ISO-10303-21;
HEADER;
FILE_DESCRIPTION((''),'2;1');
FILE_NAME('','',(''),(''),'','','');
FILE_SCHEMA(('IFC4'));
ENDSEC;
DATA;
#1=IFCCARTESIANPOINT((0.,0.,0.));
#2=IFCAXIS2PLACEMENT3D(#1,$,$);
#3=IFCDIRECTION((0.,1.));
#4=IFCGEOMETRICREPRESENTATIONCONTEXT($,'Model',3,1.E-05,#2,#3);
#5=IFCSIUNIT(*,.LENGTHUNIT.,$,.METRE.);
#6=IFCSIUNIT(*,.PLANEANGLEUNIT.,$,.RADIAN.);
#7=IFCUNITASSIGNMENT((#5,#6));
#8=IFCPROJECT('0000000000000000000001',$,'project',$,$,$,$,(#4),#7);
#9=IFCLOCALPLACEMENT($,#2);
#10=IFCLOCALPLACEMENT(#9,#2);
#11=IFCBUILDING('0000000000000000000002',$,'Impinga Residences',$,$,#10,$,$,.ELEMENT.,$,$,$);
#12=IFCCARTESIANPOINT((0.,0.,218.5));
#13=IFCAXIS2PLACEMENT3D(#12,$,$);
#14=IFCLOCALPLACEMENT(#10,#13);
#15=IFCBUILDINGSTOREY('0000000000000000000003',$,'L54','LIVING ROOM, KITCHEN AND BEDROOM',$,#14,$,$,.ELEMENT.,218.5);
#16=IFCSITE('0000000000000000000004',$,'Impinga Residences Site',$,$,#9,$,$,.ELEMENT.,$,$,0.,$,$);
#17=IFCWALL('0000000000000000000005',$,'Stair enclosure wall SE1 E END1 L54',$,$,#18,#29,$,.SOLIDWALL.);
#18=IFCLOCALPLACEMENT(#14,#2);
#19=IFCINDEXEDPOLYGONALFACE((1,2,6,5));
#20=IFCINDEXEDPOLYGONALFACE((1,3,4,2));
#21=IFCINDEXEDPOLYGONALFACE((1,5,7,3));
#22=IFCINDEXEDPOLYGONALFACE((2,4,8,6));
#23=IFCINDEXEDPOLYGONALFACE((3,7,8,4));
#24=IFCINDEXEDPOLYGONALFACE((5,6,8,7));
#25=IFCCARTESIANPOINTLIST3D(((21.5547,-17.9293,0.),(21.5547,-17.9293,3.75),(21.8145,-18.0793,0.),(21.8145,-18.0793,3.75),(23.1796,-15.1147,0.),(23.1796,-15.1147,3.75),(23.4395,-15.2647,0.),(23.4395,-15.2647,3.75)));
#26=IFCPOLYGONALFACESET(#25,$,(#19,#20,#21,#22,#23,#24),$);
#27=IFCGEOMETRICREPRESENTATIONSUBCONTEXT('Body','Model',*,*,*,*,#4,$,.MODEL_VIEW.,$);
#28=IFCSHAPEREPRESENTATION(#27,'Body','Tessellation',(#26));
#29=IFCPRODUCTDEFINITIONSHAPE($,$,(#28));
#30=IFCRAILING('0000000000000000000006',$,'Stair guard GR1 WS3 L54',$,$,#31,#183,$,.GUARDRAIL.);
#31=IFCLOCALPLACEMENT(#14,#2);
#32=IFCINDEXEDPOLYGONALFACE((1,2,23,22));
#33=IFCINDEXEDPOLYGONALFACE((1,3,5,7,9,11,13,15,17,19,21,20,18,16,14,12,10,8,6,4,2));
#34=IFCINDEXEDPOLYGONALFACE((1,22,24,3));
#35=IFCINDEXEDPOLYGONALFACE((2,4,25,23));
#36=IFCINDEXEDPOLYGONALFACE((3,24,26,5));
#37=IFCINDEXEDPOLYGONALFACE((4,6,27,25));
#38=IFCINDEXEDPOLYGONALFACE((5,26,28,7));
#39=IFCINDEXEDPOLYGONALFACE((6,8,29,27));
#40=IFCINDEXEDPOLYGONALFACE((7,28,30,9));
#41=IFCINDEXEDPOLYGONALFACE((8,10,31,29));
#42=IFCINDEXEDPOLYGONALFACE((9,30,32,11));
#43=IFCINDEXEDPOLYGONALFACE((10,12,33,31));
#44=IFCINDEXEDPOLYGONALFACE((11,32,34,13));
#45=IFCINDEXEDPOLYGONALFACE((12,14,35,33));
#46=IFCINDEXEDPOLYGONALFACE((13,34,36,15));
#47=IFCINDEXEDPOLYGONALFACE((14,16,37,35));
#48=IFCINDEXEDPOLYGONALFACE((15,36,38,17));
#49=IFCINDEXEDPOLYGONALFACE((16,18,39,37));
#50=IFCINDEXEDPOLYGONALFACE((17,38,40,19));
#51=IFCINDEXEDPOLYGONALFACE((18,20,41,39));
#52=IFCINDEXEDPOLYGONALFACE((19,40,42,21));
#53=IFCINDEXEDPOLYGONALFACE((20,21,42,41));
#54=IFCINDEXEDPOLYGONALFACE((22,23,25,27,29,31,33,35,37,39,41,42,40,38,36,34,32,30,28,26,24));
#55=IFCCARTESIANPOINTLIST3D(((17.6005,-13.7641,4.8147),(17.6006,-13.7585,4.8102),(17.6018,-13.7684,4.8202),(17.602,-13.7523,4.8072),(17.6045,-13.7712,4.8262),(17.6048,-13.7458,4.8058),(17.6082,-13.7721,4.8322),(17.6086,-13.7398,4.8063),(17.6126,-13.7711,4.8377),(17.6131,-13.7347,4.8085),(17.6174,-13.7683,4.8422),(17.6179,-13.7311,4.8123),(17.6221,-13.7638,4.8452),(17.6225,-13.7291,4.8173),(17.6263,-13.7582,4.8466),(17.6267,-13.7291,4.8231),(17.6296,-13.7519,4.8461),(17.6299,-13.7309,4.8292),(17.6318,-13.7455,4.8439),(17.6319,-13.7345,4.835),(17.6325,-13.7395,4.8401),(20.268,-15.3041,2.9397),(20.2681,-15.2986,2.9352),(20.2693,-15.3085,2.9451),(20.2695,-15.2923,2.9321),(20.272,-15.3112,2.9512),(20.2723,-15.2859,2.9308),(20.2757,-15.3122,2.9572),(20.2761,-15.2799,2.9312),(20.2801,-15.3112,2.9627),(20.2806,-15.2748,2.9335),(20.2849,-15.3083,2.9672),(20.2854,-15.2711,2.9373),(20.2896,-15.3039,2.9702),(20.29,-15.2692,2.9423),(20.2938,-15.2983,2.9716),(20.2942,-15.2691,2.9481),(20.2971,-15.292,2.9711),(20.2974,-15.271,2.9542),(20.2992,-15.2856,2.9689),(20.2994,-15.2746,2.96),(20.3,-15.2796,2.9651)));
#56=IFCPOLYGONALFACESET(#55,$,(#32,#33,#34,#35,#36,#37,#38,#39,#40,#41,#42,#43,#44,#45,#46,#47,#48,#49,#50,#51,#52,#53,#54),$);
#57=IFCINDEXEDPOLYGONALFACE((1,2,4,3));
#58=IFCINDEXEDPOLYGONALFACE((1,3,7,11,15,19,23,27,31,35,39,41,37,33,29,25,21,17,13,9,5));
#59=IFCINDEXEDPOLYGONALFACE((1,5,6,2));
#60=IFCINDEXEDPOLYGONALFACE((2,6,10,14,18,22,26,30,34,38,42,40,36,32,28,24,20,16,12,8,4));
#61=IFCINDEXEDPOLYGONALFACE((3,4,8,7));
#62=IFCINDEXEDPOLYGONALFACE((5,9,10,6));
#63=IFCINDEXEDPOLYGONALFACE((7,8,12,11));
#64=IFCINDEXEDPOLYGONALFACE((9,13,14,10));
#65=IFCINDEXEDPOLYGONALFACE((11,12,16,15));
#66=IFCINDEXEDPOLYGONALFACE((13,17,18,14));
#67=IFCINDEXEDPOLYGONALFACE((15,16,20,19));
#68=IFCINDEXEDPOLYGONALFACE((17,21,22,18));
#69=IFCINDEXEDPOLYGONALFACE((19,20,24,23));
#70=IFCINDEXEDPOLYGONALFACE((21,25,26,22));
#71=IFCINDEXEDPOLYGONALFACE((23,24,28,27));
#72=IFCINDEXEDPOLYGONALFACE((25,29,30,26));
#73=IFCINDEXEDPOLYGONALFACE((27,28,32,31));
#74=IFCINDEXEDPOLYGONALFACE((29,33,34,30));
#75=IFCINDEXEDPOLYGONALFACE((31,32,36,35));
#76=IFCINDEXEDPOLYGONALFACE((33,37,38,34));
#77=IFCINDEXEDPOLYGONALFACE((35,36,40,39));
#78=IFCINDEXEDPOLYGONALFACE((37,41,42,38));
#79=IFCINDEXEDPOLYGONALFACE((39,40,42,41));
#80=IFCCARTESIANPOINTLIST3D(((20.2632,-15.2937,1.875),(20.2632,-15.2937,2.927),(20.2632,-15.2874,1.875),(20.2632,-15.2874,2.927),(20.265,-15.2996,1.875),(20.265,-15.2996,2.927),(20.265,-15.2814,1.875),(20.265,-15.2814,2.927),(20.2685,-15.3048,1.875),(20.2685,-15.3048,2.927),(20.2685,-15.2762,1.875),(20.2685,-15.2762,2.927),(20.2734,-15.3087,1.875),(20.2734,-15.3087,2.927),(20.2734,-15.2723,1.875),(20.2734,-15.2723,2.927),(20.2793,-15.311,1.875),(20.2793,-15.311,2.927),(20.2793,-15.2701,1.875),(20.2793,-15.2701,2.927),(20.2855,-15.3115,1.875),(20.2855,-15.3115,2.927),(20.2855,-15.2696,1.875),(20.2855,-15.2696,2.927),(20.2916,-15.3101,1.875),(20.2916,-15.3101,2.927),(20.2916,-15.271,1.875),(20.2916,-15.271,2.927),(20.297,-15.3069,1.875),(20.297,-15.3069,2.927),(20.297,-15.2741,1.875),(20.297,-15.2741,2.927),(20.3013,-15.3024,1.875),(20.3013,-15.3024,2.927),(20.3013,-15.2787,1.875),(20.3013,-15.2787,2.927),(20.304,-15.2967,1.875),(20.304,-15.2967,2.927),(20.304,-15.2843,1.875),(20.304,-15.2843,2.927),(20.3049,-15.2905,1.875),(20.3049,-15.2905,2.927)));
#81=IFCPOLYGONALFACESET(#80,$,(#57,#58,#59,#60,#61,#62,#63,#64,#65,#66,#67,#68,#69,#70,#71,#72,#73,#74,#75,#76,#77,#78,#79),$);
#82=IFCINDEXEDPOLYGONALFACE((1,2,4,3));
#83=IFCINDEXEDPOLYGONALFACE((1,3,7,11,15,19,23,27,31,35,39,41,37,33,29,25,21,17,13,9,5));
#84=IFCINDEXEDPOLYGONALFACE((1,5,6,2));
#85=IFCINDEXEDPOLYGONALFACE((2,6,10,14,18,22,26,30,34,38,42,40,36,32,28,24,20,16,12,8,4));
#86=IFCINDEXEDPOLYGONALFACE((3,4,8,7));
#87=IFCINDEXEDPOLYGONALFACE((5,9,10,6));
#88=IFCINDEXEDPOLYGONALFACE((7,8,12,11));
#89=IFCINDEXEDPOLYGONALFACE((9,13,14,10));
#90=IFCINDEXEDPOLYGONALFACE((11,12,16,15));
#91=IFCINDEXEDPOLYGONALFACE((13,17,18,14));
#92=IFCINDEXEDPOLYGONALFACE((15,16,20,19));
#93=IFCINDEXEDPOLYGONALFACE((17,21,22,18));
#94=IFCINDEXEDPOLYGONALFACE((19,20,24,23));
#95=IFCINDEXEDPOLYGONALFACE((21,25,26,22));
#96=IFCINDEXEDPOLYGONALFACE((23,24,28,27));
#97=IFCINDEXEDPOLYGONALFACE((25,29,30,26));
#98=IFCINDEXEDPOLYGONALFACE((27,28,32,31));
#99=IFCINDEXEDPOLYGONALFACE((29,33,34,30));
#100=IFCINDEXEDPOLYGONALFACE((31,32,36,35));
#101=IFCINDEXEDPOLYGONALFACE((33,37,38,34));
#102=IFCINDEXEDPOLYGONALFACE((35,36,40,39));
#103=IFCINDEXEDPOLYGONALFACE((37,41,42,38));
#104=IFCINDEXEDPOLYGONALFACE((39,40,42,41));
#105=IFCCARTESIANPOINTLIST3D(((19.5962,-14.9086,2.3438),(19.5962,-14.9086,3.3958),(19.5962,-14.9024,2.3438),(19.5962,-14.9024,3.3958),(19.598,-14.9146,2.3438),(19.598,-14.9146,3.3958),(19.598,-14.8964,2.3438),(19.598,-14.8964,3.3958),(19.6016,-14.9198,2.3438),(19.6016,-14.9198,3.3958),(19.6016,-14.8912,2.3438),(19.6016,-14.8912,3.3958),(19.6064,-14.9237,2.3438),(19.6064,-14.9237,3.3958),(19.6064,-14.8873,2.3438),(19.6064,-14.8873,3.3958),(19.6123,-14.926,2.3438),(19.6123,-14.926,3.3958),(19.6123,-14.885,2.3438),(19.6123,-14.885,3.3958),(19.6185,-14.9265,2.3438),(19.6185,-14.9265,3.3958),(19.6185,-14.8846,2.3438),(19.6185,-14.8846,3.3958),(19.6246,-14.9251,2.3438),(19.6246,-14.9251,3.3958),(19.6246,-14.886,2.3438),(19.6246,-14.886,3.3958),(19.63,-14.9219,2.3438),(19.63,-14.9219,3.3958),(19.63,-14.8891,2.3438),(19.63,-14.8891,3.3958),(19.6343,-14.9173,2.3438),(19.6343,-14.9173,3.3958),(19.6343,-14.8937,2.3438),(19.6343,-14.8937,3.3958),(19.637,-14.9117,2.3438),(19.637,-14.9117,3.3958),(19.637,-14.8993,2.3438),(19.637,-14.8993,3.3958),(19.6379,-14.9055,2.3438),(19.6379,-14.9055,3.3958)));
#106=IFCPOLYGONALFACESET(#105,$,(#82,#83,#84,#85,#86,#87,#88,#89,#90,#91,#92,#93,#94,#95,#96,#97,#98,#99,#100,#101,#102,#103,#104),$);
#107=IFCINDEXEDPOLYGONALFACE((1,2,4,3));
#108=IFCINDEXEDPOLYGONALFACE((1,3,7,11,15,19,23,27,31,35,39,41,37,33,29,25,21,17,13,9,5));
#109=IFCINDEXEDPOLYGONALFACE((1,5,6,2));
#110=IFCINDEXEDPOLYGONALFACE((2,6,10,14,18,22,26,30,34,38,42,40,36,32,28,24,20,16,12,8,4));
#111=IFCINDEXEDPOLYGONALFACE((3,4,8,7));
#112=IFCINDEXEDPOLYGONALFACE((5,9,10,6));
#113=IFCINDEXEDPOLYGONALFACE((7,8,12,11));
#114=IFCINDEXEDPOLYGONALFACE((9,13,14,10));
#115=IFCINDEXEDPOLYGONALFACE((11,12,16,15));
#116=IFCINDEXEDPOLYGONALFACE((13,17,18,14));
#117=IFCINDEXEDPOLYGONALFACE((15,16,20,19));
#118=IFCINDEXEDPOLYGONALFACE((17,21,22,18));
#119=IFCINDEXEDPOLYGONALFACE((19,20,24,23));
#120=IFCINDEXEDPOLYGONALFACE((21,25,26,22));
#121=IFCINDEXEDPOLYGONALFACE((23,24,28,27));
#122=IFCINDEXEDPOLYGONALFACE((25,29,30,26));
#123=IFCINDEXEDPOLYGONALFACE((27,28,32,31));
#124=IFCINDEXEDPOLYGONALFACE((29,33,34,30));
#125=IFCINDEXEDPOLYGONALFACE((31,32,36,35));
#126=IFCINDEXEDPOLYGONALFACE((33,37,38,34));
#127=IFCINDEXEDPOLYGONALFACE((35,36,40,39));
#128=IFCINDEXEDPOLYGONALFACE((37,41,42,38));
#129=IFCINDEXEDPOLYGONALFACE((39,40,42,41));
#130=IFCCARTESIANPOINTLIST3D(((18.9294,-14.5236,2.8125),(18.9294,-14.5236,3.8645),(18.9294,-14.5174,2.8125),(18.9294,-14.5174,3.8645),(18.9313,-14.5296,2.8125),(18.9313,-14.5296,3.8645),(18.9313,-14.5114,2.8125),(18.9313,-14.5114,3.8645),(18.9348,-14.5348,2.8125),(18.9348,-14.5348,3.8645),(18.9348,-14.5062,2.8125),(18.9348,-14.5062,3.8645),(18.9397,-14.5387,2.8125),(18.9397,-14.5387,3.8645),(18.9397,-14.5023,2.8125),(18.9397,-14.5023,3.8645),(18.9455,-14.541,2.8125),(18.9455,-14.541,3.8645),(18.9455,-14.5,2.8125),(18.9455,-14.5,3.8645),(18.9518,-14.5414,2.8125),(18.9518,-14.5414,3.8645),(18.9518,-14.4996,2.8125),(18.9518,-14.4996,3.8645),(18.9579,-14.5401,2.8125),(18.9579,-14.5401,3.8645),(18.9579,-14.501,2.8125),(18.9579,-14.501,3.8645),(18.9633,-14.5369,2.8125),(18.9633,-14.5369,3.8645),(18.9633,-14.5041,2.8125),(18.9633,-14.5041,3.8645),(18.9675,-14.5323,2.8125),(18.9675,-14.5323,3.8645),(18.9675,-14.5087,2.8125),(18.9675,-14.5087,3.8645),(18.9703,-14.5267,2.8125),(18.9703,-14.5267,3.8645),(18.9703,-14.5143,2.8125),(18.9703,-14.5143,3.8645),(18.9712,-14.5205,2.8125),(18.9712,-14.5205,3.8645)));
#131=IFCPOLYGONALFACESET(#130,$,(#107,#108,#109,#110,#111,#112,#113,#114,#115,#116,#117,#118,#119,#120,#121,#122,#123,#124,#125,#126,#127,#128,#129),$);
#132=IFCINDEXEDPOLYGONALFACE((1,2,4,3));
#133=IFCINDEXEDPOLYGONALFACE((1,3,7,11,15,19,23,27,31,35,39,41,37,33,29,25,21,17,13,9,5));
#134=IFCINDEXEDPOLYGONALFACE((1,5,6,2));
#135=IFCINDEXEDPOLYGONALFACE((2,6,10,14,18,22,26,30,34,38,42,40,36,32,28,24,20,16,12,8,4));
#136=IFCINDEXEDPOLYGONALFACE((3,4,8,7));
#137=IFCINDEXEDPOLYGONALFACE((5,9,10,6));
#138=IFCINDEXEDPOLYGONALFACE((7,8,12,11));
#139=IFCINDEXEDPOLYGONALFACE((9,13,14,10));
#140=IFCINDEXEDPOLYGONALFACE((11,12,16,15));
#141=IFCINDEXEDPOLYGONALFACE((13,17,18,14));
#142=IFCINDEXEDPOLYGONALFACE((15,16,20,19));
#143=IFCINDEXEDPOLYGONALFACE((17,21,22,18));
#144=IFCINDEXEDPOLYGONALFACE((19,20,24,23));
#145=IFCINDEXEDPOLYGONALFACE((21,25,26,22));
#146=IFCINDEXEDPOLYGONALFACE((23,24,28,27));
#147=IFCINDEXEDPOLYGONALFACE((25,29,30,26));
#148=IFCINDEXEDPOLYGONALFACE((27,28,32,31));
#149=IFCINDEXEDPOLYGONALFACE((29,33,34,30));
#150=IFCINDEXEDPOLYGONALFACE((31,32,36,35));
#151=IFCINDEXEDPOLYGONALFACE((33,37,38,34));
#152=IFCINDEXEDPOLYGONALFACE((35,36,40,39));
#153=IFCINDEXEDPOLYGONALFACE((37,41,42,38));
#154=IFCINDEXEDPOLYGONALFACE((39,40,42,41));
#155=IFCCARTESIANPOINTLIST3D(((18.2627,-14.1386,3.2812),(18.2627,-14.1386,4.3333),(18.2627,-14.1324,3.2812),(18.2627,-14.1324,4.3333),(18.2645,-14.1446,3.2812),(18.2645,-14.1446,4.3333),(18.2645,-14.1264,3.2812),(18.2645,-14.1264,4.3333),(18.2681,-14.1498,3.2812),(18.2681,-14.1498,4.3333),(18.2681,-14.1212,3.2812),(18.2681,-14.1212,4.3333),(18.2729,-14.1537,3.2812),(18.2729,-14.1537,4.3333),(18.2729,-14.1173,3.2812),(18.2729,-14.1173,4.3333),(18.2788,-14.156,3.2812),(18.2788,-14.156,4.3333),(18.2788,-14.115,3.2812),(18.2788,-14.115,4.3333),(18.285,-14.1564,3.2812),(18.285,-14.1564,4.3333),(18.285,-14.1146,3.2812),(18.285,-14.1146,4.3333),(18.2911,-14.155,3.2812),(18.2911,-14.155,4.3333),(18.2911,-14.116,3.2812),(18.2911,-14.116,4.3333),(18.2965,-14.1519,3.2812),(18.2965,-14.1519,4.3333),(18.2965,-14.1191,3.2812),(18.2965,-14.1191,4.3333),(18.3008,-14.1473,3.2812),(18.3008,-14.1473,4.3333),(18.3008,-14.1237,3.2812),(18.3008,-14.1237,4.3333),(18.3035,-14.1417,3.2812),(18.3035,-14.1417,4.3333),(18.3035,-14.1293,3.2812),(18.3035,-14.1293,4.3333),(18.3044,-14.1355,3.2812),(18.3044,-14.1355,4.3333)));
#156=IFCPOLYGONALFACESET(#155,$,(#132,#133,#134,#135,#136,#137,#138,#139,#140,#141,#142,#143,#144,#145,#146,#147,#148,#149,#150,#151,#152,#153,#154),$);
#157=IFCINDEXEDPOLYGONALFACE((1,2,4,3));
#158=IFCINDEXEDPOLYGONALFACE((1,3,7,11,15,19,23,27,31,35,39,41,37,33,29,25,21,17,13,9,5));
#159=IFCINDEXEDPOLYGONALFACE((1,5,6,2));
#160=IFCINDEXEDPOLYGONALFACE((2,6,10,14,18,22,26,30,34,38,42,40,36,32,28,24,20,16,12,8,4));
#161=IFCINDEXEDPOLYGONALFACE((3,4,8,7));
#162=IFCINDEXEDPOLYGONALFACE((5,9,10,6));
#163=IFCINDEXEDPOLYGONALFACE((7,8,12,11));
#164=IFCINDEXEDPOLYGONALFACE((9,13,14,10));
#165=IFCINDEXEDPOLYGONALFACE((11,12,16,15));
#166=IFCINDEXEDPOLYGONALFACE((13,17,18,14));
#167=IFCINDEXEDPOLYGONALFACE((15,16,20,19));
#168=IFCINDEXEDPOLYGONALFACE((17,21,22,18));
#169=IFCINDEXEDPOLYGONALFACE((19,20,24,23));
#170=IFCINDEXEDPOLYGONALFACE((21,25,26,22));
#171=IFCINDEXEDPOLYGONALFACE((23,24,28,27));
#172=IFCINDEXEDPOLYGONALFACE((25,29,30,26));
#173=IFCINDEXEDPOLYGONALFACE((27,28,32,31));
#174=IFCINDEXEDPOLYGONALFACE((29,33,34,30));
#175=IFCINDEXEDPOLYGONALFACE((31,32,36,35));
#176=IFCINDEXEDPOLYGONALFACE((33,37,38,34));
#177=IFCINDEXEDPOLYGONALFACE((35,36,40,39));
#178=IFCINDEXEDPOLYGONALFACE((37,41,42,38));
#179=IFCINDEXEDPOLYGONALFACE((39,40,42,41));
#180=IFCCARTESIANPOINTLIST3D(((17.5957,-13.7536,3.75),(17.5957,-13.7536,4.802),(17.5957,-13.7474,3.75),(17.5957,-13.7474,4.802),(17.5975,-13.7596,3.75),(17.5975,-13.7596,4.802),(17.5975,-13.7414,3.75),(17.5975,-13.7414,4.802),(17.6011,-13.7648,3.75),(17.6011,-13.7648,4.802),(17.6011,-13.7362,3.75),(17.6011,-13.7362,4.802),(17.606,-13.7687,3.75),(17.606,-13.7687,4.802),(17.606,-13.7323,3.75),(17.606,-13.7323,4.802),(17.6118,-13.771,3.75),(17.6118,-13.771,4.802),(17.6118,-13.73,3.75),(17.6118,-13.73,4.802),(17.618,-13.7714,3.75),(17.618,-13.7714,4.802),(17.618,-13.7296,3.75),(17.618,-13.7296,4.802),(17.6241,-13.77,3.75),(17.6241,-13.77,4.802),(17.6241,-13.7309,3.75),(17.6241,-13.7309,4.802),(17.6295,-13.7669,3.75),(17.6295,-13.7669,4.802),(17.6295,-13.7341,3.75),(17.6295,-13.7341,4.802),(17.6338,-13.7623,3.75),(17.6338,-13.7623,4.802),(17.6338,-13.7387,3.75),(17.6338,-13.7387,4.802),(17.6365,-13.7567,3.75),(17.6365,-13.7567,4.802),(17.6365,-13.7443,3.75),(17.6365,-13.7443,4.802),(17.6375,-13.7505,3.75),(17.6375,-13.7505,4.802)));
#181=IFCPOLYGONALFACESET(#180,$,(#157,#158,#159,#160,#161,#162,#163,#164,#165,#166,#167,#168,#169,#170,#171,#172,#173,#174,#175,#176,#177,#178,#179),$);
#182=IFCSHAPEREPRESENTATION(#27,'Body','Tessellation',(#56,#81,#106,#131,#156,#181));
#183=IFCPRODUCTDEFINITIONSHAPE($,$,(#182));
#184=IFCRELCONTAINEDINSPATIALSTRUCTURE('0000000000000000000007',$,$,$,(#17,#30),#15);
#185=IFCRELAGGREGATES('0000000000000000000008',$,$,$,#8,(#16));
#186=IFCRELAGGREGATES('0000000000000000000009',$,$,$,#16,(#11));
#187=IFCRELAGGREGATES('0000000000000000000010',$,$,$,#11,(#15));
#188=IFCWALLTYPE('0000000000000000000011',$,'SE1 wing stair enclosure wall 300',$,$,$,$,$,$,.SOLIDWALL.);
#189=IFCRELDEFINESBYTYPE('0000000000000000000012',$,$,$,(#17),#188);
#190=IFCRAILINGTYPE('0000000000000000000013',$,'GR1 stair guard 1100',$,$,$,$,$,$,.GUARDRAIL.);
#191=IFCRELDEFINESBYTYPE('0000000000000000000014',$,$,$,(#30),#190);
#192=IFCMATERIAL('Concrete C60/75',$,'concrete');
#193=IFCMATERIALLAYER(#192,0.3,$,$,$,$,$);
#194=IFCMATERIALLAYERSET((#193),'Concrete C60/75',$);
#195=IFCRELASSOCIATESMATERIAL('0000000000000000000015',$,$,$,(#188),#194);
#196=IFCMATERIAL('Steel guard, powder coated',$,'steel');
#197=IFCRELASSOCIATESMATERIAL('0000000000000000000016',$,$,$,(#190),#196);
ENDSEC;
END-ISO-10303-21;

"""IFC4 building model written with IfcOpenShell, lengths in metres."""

from ifc_helpers import new_model, si_unit, direction, frame, frame_2d, origin, origin_2d, place, context, subcontext, project, spatial, rectangle, circle, extrude, material, layer, layer_set, type_object, element, save


model = new_model("IFC4")

# Units and contexts
model_context = context("Model", 3, precision=1e-05, world=origin(), true_north=direction((0.0, 1.0)))
body_context = subcontext(model_context, "Body", "Model", "MODEL_VIEW")
ifc_project = project(units=[si_unit("LENGTHUNIT", "METRE"), si_unit("PLANEANGLEUNIT", "RADIAN")], contexts=[model_context])

# Site, building, storey
site_placement = place(None, origin())
site = spatial("IfcSite", under=ifc_project, at=site_placement, Name="Impinga Residences Site", CompositionType="ELEMENT", RefElevation=0.0)
building_placement = place(site_placement, origin())
building = spatial("IfcBuilding", under=site, at=building_placement, Name="Impinga Residences", CompositionType="ELEMENT")
storey_placement = place(building_placement, frame((0.0, 0.0, 218.5)))
storey = spatial("IfcBuildingStorey", under=building, at=storey_placement, Name="L54", Description="LIVING ROOM, KITCHEN AND BEDROOM", CompositionType="ELEMENT", Elevation=218.5)

# Shared definitions
ifc_material_1 = material(Name="Concrete C60/75", Category="concrete")

# Wall
ifc_layer_1 = layer(ifc_material_1, 0.3)
ifc_layer_set_1 = layer_set([ifc_layer_1], Name="Concrete C60/75")
wall_type_1 = type_object("IfcWallType", Name="SE1 wing stair enclosure wall 300", PredefinedType="SOLIDWALL", material=ifc_layer_set_1)
wall_1_placement = place(storey_placement, frame((23.3096, -15.1897, 0.0), z_axis=(0.0, 0.0, 1.0), x_axis=(-0.499985, -0.866034, 0.0)))
element("IfcWall", 1, at=wall_1_placement, inside=storey, type_object=wall_type_1, Name="Stair enclosure wall SE1 E END1 L54", PredefinedType="SOLIDWALL", context=body_context, shape_type="SweptSolid", body=[
    extrude(rectangle(XDim=3.25, YDim=0.3, at=frame_2d((1.625, 0.0))), origin(), (0.0, 0.0, 1.0), 3.75),
])

# Railing
ifc_material_2 = material(Name="Steel guard, powder coated", Category="steel")
railing_type = type_object("IfcRailingType", Name="GR1 stair guard 1100", PredefinedType="GUARDRAIL", material=ifc_material_2)
railing_placement = place(storey_placement, frame((20.2839, -15.2905, 1.875)))
element("IfcRailing", 2, at=railing_placement, inside=storey, type_object=railing_type, Name="Stair guard GR1 WS3 L54", PredefinedType="GUARDRAIL", context=body_context, shape_type="SweptSolid", body=[
    extrude(circle(Radius=0.0239, at=origin_2d()), frame((0.0, 0.0, 1.0762), z_axis=(-0.739746, 0.427084, 0.519975), x_axis=(-0.499992, -0.86603, 0.0)), (0.0, 0.0, 1.0), 3.606),
    extrude(circle(Radius=0.021, at=origin_2d()), origin(), (0.0, 0.0, 1.0), 1.052),
    extrude(circle(Radius=0.021, at=origin_2d()), frame((-0.667, 0.385, 0.4688)), (0.0, 0.0, 1.0), 1.052),
    extrude(circle(Radius=0.021, at=origin_2d()), frame((-1.3337, 0.77, 0.9375)), (0.0, 0.0, 1.0), 1.052),
    extrude(circle(Radius=0.021, at=origin_2d()), frame((-2.0005, 1.155, 1.4062)), (0.0, 0.0, 1.0), 1.052),
    extrude(circle(Radius=0.021, at=origin_2d()), frame((-2.6675, 1.54, 1.875)), (0.0, 0.0, 1.0), 1.052),
])

save(model, "model.ifc")
